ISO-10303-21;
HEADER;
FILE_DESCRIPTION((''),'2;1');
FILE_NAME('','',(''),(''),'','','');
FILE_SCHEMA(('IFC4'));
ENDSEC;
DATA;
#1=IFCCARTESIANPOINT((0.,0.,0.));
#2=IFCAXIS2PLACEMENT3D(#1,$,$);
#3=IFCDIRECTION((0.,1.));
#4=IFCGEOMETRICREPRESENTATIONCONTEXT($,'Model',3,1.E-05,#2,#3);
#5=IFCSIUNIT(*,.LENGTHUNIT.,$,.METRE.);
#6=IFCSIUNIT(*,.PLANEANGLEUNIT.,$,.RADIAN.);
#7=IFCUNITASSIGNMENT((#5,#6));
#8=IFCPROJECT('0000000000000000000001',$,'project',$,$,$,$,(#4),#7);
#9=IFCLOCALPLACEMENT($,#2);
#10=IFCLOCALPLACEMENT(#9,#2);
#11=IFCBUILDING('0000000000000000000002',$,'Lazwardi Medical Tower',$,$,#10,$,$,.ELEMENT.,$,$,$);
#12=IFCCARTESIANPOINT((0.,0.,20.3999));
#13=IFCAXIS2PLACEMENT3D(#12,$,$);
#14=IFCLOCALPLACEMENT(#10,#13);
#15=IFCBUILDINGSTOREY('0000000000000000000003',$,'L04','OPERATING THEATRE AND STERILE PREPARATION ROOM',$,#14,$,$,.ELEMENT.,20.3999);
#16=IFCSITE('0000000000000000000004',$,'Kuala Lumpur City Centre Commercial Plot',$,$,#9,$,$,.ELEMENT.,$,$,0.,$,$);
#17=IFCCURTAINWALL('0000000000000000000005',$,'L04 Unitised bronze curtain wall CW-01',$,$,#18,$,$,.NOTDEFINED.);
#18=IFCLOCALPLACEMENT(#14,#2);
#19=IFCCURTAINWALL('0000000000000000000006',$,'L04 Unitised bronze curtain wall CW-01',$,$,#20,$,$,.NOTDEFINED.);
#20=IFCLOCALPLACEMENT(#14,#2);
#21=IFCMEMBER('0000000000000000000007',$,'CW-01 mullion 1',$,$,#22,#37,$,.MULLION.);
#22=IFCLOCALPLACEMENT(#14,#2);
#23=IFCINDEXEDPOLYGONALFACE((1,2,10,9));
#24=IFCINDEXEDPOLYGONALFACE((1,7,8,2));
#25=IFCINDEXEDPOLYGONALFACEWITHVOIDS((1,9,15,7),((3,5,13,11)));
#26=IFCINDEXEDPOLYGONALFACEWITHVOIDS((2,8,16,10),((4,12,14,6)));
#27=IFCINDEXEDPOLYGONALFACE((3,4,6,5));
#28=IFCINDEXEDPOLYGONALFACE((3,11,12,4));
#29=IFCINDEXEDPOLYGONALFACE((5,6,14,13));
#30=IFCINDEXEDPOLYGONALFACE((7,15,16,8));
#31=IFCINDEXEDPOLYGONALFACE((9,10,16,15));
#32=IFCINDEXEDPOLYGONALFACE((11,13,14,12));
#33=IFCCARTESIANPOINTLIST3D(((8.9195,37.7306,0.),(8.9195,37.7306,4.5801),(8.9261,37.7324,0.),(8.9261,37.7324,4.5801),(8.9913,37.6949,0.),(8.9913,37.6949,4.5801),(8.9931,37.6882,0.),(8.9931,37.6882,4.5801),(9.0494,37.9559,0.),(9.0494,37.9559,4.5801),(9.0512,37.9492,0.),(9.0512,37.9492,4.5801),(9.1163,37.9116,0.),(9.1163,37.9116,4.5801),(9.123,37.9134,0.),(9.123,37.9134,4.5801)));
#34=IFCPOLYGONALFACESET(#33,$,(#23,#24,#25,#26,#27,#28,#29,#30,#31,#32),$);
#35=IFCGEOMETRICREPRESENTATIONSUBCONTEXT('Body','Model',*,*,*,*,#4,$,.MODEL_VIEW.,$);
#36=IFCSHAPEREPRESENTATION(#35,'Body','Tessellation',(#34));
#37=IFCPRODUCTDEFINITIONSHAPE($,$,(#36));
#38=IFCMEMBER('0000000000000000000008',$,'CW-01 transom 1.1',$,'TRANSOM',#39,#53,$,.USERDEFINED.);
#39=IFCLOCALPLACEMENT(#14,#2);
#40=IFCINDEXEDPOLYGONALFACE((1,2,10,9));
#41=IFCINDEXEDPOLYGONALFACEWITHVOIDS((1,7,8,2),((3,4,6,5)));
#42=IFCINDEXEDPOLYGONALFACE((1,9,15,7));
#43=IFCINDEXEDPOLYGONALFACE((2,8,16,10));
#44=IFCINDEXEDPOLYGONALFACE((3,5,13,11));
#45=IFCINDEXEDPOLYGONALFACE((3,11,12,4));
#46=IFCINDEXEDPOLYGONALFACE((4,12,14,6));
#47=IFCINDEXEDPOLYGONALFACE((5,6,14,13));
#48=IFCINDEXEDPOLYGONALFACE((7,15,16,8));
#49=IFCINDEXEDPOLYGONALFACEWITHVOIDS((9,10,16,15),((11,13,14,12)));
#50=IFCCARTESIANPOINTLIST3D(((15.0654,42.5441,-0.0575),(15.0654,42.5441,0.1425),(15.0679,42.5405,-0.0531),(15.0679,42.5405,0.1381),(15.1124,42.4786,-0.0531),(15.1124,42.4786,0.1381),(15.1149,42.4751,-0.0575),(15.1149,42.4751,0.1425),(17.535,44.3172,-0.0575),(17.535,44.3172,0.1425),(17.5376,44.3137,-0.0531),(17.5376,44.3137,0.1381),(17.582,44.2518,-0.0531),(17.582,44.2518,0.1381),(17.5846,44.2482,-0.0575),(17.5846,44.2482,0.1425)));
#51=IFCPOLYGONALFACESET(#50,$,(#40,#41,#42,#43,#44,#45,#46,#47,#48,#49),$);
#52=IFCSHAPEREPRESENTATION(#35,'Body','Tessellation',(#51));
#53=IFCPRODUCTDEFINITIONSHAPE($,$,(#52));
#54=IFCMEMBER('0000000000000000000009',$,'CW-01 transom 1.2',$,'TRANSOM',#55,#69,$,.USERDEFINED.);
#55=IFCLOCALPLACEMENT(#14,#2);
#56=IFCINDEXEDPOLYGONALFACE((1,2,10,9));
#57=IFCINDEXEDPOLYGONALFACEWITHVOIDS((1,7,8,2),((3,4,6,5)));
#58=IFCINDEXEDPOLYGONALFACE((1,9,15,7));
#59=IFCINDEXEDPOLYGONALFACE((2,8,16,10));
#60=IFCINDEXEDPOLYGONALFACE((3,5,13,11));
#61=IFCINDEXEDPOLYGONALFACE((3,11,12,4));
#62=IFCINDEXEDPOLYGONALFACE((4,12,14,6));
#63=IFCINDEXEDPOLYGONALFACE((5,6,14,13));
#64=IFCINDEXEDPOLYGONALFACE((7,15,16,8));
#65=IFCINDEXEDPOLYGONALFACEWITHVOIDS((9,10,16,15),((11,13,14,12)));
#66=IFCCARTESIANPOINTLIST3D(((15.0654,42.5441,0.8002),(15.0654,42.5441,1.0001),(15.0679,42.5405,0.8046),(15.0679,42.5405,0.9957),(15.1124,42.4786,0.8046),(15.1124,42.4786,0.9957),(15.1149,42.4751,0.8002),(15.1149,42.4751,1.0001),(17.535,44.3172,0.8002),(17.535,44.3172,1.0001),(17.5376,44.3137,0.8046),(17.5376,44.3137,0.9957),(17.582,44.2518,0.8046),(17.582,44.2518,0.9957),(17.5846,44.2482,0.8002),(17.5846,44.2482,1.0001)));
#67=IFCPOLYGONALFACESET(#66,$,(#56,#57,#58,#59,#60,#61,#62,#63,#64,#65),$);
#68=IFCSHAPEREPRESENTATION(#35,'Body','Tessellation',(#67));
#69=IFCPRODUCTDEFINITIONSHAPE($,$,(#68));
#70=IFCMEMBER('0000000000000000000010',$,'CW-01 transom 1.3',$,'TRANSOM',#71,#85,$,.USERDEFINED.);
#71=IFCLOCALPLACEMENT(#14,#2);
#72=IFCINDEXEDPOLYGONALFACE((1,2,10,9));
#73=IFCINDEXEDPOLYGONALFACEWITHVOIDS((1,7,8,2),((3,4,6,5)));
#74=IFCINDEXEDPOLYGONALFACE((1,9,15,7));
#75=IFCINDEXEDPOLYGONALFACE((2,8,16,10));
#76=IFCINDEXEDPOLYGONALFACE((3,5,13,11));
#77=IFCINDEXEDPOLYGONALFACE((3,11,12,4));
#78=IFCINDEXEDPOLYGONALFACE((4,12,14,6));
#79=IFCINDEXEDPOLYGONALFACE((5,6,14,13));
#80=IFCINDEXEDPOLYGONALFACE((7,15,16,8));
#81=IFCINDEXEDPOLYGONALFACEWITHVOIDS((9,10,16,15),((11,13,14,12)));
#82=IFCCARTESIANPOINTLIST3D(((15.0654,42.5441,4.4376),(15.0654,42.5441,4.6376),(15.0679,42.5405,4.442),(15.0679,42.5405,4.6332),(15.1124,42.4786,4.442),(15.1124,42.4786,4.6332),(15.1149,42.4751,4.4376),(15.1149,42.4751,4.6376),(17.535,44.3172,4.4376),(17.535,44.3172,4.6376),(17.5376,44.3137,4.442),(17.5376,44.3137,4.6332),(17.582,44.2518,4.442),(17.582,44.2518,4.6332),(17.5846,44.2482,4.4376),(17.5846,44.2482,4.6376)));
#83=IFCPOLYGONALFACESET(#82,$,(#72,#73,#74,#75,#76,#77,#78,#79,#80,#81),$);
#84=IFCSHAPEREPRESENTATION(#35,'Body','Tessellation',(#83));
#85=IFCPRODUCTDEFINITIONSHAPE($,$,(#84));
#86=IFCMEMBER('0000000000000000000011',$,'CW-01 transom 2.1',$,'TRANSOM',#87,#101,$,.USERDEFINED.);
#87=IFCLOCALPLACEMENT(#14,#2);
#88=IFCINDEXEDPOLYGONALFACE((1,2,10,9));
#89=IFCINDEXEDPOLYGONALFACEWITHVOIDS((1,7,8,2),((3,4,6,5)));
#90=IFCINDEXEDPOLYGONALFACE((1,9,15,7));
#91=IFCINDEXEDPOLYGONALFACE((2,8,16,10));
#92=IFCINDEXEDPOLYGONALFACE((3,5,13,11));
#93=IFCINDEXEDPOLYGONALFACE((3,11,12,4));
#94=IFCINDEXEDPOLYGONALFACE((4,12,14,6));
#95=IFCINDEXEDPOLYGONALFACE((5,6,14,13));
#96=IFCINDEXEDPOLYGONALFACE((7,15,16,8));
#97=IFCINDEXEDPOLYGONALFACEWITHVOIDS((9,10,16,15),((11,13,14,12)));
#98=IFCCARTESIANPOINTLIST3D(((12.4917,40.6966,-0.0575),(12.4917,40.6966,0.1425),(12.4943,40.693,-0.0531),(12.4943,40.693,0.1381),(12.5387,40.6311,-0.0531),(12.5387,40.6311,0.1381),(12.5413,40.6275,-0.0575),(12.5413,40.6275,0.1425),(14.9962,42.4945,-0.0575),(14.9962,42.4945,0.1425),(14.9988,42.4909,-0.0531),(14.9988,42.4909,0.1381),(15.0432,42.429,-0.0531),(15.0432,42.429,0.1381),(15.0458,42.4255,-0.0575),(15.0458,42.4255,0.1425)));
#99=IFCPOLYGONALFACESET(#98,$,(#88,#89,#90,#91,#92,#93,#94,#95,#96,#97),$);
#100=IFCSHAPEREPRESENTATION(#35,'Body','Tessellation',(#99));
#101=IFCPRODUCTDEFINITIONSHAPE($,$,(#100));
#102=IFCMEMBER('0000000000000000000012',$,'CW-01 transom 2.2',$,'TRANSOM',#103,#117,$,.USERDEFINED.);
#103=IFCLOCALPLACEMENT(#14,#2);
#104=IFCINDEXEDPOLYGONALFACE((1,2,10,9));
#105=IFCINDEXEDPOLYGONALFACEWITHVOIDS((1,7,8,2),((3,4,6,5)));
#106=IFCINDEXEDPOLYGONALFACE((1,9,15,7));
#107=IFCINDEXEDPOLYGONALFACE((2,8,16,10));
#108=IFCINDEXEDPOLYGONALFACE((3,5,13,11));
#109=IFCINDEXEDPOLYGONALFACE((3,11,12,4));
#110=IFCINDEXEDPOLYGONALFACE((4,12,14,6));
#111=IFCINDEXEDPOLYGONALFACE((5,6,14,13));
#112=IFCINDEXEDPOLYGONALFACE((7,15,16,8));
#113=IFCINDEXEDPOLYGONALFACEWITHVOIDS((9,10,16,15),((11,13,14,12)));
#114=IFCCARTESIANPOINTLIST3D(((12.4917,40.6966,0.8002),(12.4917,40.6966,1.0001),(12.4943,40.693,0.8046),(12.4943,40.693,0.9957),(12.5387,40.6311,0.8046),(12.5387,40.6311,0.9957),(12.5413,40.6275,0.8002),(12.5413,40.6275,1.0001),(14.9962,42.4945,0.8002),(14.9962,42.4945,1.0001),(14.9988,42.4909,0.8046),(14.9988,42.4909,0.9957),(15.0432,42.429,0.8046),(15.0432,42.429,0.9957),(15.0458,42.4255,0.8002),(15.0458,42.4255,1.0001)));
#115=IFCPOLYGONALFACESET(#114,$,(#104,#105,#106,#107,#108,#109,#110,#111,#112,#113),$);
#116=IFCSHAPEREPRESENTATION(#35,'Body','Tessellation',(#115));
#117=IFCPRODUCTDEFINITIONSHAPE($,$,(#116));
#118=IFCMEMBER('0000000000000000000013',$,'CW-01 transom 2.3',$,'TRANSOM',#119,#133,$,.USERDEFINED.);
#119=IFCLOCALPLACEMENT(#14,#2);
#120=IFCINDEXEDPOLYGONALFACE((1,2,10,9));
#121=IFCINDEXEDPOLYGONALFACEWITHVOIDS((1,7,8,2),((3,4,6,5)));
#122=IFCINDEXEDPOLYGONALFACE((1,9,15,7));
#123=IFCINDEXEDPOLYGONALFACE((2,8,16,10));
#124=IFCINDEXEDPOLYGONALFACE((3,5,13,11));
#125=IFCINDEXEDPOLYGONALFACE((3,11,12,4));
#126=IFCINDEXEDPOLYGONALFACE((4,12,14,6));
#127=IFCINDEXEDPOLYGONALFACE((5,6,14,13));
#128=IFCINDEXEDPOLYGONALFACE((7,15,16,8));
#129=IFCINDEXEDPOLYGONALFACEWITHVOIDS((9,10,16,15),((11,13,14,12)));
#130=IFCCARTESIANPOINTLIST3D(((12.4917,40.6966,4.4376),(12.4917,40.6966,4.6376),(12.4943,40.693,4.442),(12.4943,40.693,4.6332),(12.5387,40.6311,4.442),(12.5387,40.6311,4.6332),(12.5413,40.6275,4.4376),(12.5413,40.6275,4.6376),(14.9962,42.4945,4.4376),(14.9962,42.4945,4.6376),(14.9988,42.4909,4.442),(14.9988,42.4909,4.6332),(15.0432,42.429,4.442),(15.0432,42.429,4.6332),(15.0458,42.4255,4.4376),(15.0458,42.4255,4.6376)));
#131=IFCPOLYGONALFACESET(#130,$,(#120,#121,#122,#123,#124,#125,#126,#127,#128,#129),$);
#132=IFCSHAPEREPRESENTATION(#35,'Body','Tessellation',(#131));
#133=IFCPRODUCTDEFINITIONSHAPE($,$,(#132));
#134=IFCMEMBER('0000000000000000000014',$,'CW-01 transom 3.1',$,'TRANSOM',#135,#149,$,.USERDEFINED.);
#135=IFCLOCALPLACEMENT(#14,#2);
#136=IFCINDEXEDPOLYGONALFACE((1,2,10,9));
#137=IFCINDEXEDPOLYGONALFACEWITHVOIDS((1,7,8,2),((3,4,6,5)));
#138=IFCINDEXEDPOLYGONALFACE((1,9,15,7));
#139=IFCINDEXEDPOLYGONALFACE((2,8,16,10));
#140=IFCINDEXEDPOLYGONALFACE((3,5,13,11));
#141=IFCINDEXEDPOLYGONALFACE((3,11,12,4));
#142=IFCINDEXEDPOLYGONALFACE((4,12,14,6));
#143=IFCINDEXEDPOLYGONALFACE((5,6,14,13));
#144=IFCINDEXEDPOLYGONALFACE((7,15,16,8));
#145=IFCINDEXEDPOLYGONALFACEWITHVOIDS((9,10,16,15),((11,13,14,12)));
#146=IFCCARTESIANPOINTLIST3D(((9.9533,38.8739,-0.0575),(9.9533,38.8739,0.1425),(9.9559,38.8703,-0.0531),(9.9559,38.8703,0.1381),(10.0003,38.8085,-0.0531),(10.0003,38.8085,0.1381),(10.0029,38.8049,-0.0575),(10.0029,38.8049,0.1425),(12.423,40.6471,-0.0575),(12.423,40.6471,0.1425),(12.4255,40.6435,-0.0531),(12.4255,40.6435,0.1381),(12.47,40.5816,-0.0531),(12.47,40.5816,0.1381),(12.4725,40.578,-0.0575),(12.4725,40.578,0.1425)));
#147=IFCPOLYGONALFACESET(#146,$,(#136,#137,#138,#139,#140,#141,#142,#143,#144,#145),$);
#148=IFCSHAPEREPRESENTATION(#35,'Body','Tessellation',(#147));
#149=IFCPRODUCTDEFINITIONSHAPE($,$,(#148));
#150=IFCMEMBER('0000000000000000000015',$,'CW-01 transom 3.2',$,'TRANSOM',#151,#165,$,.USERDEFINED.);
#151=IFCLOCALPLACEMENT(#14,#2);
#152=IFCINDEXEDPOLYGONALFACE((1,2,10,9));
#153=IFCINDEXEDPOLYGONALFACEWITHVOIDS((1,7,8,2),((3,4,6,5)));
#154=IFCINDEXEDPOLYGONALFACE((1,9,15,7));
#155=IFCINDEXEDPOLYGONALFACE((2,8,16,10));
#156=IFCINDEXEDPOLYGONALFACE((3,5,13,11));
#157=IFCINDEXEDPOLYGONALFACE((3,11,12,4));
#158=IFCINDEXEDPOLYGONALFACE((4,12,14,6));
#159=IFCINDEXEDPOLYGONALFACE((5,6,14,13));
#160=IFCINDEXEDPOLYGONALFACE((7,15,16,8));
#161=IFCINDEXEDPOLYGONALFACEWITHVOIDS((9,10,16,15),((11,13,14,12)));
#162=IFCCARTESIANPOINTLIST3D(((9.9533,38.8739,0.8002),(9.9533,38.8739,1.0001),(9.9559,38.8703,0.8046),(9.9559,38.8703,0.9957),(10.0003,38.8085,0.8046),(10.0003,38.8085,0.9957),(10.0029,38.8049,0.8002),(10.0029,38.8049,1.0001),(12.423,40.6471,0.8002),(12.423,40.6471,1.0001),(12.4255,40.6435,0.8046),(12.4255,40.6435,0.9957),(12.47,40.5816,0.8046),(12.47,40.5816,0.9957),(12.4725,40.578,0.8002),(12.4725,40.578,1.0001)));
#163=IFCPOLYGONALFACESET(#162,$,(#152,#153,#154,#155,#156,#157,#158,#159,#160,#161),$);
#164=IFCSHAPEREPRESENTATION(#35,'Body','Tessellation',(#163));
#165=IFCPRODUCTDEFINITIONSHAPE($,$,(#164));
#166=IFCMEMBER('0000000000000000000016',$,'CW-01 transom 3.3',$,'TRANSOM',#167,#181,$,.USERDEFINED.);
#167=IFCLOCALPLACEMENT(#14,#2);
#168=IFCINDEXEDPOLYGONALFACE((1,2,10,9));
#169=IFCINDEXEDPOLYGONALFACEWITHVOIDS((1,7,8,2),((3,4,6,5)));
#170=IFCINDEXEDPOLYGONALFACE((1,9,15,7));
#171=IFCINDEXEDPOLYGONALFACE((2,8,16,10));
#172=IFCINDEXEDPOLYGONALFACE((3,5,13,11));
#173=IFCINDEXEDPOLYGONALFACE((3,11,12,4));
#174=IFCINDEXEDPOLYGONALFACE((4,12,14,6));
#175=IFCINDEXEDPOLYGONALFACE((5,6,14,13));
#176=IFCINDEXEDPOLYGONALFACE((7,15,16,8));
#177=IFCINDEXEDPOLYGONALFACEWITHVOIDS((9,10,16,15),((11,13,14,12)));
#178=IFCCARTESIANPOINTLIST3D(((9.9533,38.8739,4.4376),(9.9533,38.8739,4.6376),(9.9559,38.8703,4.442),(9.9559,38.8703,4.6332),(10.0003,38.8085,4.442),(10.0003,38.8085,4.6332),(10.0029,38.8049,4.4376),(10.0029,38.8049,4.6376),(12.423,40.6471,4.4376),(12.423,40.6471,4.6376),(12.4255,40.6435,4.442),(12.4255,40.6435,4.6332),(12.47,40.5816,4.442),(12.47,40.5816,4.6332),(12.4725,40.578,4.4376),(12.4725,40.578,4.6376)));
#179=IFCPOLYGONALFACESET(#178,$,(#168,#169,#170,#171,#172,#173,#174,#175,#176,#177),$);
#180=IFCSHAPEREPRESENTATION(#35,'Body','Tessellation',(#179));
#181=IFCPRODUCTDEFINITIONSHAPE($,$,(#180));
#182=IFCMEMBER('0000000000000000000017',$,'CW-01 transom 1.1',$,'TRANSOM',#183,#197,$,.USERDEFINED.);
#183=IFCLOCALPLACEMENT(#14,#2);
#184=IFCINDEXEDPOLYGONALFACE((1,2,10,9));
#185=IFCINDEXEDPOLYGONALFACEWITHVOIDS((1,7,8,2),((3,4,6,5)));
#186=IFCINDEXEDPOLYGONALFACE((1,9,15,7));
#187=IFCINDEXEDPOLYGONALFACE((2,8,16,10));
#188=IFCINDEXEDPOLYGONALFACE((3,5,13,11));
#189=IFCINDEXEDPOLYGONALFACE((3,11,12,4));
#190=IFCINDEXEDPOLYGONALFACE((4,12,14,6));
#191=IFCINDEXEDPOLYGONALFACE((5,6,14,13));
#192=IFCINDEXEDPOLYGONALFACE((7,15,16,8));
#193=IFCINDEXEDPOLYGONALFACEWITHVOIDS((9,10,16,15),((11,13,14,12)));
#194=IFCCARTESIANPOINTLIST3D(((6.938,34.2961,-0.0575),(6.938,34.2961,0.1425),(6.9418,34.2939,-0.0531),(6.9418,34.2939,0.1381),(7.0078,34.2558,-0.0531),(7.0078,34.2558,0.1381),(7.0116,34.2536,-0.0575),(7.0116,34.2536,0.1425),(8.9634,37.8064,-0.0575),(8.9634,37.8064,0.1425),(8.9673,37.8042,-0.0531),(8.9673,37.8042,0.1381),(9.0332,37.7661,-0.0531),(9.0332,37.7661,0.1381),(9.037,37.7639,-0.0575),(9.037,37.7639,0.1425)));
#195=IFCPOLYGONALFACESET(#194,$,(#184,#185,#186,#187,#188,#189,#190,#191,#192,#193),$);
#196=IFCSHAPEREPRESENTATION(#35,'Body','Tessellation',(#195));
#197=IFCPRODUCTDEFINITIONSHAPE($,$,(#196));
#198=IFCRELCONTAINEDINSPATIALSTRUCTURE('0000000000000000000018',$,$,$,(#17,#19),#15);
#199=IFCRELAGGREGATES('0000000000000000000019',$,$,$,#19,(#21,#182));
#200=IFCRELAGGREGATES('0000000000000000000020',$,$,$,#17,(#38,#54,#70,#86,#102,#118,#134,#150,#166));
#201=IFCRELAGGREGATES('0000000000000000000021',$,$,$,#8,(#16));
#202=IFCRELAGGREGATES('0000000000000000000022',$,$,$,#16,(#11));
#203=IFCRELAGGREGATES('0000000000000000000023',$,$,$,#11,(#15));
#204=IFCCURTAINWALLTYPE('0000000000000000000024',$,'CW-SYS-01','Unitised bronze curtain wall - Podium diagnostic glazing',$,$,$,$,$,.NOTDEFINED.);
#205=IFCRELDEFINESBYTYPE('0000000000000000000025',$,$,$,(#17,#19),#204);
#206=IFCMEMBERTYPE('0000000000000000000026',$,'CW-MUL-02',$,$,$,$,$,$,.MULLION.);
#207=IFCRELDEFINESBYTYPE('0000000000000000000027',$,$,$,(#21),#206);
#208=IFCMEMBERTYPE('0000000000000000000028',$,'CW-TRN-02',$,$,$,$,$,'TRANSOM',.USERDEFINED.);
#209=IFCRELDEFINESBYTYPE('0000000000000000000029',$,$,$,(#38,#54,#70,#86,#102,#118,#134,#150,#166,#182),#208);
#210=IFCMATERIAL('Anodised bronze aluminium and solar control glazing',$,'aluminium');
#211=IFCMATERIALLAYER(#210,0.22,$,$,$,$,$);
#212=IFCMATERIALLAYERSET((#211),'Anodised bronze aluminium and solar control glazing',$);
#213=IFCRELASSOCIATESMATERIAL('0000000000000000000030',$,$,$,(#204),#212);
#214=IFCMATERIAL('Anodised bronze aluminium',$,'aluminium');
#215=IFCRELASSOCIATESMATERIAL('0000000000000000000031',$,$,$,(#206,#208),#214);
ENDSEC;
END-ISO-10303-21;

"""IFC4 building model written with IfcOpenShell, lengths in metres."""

from ifc_helpers import new_model, si_unit, direction, frame, origin, origin_2d, place, context, subcontext, project, spatial, hollow_rectangle, extrude, material, layer, layer_set, material_profile, profile_set, type_object, element, aggregate, save


model = new_model("IFC4")

# Units and contexts
model_context = context("Model", 3, precision=1e-05, world=origin(), true_north=direction((0.0, 1.0)))
body_context = subcontext(model_context, "Body", "Model", "MODEL_VIEW")
ifc_project = project(units=[si_unit("LENGTHUNIT", "METRE"), si_unit("PLANEANGLEUNIT", "RADIAN")], contexts=[model_context])

# Site, building, storey
site_placement = place(None, origin())
site = spatial("IfcSite", under=ifc_project, at=site_placement, Name="Kuala Lumpur City Centre Commercial Plot", CompositionType="ELEMENT", RefElevation=0.0)
building_placement = place(site_placement, origin())
building = spatial("IfcBuilding", under=site, at=building_placement, Name="Lazwardi Medical Tower", CompositionType="ELEMENT")
storey_placement = place(building_placement, frame((0.0, 0.0, 20.3999)))
storey = spatial("IfcBuildingStorey", under=building, at=storey_placement, Name="L04", Description="OPERATING THEATRE AND STERILE PREPARATION ROOM", CompositionType="ELEMENT", Elevation=20.3999)

# Shared definitions
ifc_material_1 = material(Name="Anodised bronze aluminium and solar control glazing", Category="aluminium")
ifc_layer_1 = layer(ifc_material_1, 0.22)
ifc_layer_set_1 = layer_set([ifc_layer_1], Name="Anodised bronze aluminium and solar control glazing")
curtain_wall_type = type_object("IfcCurtainWallType", Name="CW-SYS-01", Description="Unitised bronze curtain wall - Podium diagnostic glazing", PredefinedType="NOTDEFINED", material=ifc_layer_set_1)
ifc_material_2 = material(Name="Anodised bronze aluminium", Category="aluminium")
ifc_material_profile_1 = material_profile(ifc_material_2, hollow_rectangle(XDim=0.085, YDim=0.26, WallThickness=0.0049, at=origin_2d()), Name="ALU-MULLION 260x85x5")
ifc_profile_set_1 = profile_set([ifc_material_profile_1], Name="Anodised bronze aluminium")
member_type_1 = type_object("IfcMemberType", Name="CW-MUL-02", PredefinedType="MULLION", material=ifc_profile_set_1)

# Curtain wall
curtain_wall_1_placement = place(storey_placement, origin())
curtain_wall_1 = element("IfcCurtainWall", 1, at=curtain_wall_1_placement, inside=storey, type_object=curtain_wall_type, Name="L04 Unitised bronze curtain wall CW-01", PredefinedType="NOTDEFINED")

# Curtain wall, member
curtain_wall_2_placement = place(storey_placement, origin())
curtain_wall_2 = element("IfcCurtainWall", 2, at=curtain_wall_2_placement, inside=storey, type_object=curtain_wall_type, Name="L04 Unitised bronze curtain wall CW-01", PredefinedType="NOTDEFINED")
member_1_placement = place(storey_placement, frame((9.0212, 37.822, 0.0), z_axis=(0.0, 0.0, 1.0), x_axis=(0.866181, -0.499731, 0.0)))
member_1 = element("IfcMember", 3, at=member_1_placement, type_object=member_type_1, Name="CW-01 mullion 1", PredefinedType="MULLION", context=body_context, shape_type="SweptSolid", body=[
    extrude(hollow_rectangle(XDim=0.085, YDim=0.26, WallThickness=0.0049, at=origin_2d()), origin(), (0.0, 0.0, 1.0), 4.5801),
])

# Members
ifc_material_profile_2 = material_profile(ifc_material_2, hollow_rectangle(XDim=0.085, YDim=0.2, WallThickness=0.0044, at=origin_2d()), Name="ALU-TRANSOM 200x85x4.5")
ifc_profile_set_2 = profile_set([ifc_material_profile_2], Name="Anodised bronze aluminium")
member_type_2 = type_object("IfcMemberType", Name="CW-TRN-02", ElementType="TRANSOM", PredefinedType="USERDEFINED", material=ifc_profile_set_2)
member_2_placement = place(storey_placement, frame((17.5598, 44.2827, 0.0425), z_axis=(-0.812315, -0.583219, 0.0), x_axis=(0.583219, -0.812315, 0.0)))
member_2 = element("IfcMember", 4, at=member_2_placement, type_object=member_type_2, Name="CW-01 transom 1.1", ObjectType="TRANSOM", PredefinedType="USERDEFINED", context=body_context, shape_type="SweptSolid", body=[
    extrude(hollow_rectangle(XDim=0.085, YDim=0.2, WallThickness=0.0044, at=origin_2d()), origin(), (0.0, 0.0, 1.0), 3.0403),
])
member_3_placement = place(storey_placement, frame((17.5598, 44.2827, 0.9001), z_axis=(-0.812315, -0.583219, 0.0), x_axis=(0.583219, -0.812315, 0.0)))
member_3 = element("IfcMember", 5, at=member_3_placement, type_object=member_type_2, Name="CW-01 transom 1.2", ObjectType="TRANSOM", PredefinedType="USERDEFINED", context=body_context, shape_type="SweptSolid", body=[
    extrude(hollow_rectangle(XDim=0.085, YDim=0.2, WallThickness=0.0044, at=origin_2d()), origin(), (0.0, 0.0, 1.0), 3.0403),
])
member_4_placement = place(storey_placement, frame((17.5598, 44.2827, 4.5376), z_axis=(-0.812315, -0.583219, 0.0), x_axis=(0.583219, -0.812315, 0.0)))
member_4 = element("IfcMember", 6, at=member_4_placement, type_object=member_type_2, Name="CW-01 transom 1.3", ObjectType="TRANSOM", PredefinedType="USERDEFINED", context=body_context, shape_type="SweptSolid", body=[
    extrude(hollow_rectangle(XDim=0.085, YDim=0.2, WallThickness=0.0044, at=origin_2d()), origin(), (0.0, 0.0, 1.0), 3.0403),
])
member_5_placement = place(storey_placement, frame((15.021, 42.46, 0.0425), z_axis=(-0.812351, -0.583169, 0.0), x_axis=(0.583169, -0.812351, 0.0)))
member_5 = element("IfcMember", 7, at=member_5_placement, type_object=member_type_2, Name="CW-01 transom 2.1", ObjectType="TRANSOM", PredefinedType="USERDEFINED", context=body_context, shape_type="SweptSolid", body=[
    extrude(hollow_rectangle(XDim=0.085, YDim=0.2, WallThickness=0.0044, at=origin_2d()), origin(), (0.0, 0.0, 1.0), 3.083),
])
member_6_placement = place(storey_placement, frame((15.021, 42.46, 0.9001), z_axis=(-0.812351, -0.583169, 0.0), x_axis=(0.583169, -0.812351, 0.0)))
member_6 = element("IfcMember", 8, at=member_6_placement, type_object=member_type_2, Name="CW-01 transom 2.2", ObjectType="TRANSOM", PredefinedType="USERDEFINED", context=body_context, shape_type="SweptSolid", body=[
    extrude(hollow_rectangle(XDim=0.085, YDim=0.2, WallThickness=0.0044, at=origin_2d()), origin(), (0.0, 0.0, 1.0), 3.083),
])
member_7_placement = place(storey_placement, frame((15.021, 42.46, 4.5376), z_axis=(-0.812351, -0.583169, 0.0), x_axis=(0.583169, -0.812351, 0.0)))
member_7 = element("IfcMember", 9, at=member_7_placement, type_object=member_type_2, Name="CW-01 transom 2.3", ObjectType="TRANSOM", PredefinedType="USERDEFINED", context=body_context, shape_type="SweptSolid", body=[
    extrude(hollow_rectangle(XDim=0.085, YDim=0.2, WallThickness=0.0044, at=origin_2d()), origin(), (0.0, 0.0, 1.0), 3.083),
])
member_8_placement = place(storey_placement, frame((12.4478, 40.6125, 0.0425), z_axis=(-0.812315, -0.583219, 0.0), x_axis=(0.583219, -0.812315, 0.0)))
member_8 = element("IfcMember", 10, at=member_8_placement, type_object=member_type_2, Name="CW-01 transom 3.1", ObjectType="TRANSOM", PredefinedType="USERDEFINED", context=body_context, shape_type="SweptSolid", body=[
    extrude(hollow_rectangle(XDim=0.085, YDim=0.2, WallThickness=0.0044, at=origin_2d()), origin(), (0.0, 0.0, 1.0), 3.0403),
])
member_9_placement = place(storey_placement, frame((12.4478, 40.6125, 0.9001), z_axis=(-0.812315, -0.583219, 0.0), x_axis=(0.583219, -0.812315, 0.0)))
member_9 = element("IfcMember", 11, at=member_9_placement, type_object=member_type_2, Name="CW-01 transom 3.2", ObjectType="TRANSOM", PredefinedType="USERDEFINED", context=body_context, shape_type="SweptSolid", body=[
    extrude(hollow_rectangle(XDim=0.085, YDim=0.2, WallThickness=0.0044, at=origin_2d()), origin(), (0.0, 0.0, 1.0), 3.0403),
])
member_10_placement = place(storey_placement, frame((12.4478, 40.6125, 4.5376), z_axis=(-0.812315, -0.583219, 0.0), x_axis=(0.583219, -0.812315, 0.0)))
member_10 = element("IfcMember", 12, at=member_10_placement, type_object=member_type_2, Name="CW-01 transom 3.3", ObjectType="TRANSOM", PredefinedType="USERDEFINED", context=body_context, shape_type="SweptSolid", body=[
    extrude(hollow_rectangle(XDim=0.085, YDim=0.2, WallThickness=0.0044, at=origin_2d()), origin(), (0.0, 0.0, 1.0), 3.0403),
])
member_11_placement = place(storey_placement, frame((9.0002, 37.7852, 0.0425), z_axis=(-0.499768, -0.86616, 0.0), x_axis=(0.86616, -0.499768, 0.0)))
member_11 = element("IfcMember", 13, at=member_11_placement, type_object=member_type_2, Name="CW-01 transom 1.1", ObjectType="TRANSOM", PredefinedType="USERDEFINED", context=body_context, shape_type="SweptSolid", body=[
    extrude(hollow_rectangle(XDim=0.085, YDim=0.2, WallThickness=0.0044, at=origin_2d()), origin(), (0.0, 0.0, 1.0), 4.0527),
])
aggregate(curtain_wall_2, [member_1, member_11])

aggregate(curtain_wall_1, [member_2, member_3, member_4, member_5, member_6, member_7, member_8, member_9, member_10])

save(model, "model.ifc")
